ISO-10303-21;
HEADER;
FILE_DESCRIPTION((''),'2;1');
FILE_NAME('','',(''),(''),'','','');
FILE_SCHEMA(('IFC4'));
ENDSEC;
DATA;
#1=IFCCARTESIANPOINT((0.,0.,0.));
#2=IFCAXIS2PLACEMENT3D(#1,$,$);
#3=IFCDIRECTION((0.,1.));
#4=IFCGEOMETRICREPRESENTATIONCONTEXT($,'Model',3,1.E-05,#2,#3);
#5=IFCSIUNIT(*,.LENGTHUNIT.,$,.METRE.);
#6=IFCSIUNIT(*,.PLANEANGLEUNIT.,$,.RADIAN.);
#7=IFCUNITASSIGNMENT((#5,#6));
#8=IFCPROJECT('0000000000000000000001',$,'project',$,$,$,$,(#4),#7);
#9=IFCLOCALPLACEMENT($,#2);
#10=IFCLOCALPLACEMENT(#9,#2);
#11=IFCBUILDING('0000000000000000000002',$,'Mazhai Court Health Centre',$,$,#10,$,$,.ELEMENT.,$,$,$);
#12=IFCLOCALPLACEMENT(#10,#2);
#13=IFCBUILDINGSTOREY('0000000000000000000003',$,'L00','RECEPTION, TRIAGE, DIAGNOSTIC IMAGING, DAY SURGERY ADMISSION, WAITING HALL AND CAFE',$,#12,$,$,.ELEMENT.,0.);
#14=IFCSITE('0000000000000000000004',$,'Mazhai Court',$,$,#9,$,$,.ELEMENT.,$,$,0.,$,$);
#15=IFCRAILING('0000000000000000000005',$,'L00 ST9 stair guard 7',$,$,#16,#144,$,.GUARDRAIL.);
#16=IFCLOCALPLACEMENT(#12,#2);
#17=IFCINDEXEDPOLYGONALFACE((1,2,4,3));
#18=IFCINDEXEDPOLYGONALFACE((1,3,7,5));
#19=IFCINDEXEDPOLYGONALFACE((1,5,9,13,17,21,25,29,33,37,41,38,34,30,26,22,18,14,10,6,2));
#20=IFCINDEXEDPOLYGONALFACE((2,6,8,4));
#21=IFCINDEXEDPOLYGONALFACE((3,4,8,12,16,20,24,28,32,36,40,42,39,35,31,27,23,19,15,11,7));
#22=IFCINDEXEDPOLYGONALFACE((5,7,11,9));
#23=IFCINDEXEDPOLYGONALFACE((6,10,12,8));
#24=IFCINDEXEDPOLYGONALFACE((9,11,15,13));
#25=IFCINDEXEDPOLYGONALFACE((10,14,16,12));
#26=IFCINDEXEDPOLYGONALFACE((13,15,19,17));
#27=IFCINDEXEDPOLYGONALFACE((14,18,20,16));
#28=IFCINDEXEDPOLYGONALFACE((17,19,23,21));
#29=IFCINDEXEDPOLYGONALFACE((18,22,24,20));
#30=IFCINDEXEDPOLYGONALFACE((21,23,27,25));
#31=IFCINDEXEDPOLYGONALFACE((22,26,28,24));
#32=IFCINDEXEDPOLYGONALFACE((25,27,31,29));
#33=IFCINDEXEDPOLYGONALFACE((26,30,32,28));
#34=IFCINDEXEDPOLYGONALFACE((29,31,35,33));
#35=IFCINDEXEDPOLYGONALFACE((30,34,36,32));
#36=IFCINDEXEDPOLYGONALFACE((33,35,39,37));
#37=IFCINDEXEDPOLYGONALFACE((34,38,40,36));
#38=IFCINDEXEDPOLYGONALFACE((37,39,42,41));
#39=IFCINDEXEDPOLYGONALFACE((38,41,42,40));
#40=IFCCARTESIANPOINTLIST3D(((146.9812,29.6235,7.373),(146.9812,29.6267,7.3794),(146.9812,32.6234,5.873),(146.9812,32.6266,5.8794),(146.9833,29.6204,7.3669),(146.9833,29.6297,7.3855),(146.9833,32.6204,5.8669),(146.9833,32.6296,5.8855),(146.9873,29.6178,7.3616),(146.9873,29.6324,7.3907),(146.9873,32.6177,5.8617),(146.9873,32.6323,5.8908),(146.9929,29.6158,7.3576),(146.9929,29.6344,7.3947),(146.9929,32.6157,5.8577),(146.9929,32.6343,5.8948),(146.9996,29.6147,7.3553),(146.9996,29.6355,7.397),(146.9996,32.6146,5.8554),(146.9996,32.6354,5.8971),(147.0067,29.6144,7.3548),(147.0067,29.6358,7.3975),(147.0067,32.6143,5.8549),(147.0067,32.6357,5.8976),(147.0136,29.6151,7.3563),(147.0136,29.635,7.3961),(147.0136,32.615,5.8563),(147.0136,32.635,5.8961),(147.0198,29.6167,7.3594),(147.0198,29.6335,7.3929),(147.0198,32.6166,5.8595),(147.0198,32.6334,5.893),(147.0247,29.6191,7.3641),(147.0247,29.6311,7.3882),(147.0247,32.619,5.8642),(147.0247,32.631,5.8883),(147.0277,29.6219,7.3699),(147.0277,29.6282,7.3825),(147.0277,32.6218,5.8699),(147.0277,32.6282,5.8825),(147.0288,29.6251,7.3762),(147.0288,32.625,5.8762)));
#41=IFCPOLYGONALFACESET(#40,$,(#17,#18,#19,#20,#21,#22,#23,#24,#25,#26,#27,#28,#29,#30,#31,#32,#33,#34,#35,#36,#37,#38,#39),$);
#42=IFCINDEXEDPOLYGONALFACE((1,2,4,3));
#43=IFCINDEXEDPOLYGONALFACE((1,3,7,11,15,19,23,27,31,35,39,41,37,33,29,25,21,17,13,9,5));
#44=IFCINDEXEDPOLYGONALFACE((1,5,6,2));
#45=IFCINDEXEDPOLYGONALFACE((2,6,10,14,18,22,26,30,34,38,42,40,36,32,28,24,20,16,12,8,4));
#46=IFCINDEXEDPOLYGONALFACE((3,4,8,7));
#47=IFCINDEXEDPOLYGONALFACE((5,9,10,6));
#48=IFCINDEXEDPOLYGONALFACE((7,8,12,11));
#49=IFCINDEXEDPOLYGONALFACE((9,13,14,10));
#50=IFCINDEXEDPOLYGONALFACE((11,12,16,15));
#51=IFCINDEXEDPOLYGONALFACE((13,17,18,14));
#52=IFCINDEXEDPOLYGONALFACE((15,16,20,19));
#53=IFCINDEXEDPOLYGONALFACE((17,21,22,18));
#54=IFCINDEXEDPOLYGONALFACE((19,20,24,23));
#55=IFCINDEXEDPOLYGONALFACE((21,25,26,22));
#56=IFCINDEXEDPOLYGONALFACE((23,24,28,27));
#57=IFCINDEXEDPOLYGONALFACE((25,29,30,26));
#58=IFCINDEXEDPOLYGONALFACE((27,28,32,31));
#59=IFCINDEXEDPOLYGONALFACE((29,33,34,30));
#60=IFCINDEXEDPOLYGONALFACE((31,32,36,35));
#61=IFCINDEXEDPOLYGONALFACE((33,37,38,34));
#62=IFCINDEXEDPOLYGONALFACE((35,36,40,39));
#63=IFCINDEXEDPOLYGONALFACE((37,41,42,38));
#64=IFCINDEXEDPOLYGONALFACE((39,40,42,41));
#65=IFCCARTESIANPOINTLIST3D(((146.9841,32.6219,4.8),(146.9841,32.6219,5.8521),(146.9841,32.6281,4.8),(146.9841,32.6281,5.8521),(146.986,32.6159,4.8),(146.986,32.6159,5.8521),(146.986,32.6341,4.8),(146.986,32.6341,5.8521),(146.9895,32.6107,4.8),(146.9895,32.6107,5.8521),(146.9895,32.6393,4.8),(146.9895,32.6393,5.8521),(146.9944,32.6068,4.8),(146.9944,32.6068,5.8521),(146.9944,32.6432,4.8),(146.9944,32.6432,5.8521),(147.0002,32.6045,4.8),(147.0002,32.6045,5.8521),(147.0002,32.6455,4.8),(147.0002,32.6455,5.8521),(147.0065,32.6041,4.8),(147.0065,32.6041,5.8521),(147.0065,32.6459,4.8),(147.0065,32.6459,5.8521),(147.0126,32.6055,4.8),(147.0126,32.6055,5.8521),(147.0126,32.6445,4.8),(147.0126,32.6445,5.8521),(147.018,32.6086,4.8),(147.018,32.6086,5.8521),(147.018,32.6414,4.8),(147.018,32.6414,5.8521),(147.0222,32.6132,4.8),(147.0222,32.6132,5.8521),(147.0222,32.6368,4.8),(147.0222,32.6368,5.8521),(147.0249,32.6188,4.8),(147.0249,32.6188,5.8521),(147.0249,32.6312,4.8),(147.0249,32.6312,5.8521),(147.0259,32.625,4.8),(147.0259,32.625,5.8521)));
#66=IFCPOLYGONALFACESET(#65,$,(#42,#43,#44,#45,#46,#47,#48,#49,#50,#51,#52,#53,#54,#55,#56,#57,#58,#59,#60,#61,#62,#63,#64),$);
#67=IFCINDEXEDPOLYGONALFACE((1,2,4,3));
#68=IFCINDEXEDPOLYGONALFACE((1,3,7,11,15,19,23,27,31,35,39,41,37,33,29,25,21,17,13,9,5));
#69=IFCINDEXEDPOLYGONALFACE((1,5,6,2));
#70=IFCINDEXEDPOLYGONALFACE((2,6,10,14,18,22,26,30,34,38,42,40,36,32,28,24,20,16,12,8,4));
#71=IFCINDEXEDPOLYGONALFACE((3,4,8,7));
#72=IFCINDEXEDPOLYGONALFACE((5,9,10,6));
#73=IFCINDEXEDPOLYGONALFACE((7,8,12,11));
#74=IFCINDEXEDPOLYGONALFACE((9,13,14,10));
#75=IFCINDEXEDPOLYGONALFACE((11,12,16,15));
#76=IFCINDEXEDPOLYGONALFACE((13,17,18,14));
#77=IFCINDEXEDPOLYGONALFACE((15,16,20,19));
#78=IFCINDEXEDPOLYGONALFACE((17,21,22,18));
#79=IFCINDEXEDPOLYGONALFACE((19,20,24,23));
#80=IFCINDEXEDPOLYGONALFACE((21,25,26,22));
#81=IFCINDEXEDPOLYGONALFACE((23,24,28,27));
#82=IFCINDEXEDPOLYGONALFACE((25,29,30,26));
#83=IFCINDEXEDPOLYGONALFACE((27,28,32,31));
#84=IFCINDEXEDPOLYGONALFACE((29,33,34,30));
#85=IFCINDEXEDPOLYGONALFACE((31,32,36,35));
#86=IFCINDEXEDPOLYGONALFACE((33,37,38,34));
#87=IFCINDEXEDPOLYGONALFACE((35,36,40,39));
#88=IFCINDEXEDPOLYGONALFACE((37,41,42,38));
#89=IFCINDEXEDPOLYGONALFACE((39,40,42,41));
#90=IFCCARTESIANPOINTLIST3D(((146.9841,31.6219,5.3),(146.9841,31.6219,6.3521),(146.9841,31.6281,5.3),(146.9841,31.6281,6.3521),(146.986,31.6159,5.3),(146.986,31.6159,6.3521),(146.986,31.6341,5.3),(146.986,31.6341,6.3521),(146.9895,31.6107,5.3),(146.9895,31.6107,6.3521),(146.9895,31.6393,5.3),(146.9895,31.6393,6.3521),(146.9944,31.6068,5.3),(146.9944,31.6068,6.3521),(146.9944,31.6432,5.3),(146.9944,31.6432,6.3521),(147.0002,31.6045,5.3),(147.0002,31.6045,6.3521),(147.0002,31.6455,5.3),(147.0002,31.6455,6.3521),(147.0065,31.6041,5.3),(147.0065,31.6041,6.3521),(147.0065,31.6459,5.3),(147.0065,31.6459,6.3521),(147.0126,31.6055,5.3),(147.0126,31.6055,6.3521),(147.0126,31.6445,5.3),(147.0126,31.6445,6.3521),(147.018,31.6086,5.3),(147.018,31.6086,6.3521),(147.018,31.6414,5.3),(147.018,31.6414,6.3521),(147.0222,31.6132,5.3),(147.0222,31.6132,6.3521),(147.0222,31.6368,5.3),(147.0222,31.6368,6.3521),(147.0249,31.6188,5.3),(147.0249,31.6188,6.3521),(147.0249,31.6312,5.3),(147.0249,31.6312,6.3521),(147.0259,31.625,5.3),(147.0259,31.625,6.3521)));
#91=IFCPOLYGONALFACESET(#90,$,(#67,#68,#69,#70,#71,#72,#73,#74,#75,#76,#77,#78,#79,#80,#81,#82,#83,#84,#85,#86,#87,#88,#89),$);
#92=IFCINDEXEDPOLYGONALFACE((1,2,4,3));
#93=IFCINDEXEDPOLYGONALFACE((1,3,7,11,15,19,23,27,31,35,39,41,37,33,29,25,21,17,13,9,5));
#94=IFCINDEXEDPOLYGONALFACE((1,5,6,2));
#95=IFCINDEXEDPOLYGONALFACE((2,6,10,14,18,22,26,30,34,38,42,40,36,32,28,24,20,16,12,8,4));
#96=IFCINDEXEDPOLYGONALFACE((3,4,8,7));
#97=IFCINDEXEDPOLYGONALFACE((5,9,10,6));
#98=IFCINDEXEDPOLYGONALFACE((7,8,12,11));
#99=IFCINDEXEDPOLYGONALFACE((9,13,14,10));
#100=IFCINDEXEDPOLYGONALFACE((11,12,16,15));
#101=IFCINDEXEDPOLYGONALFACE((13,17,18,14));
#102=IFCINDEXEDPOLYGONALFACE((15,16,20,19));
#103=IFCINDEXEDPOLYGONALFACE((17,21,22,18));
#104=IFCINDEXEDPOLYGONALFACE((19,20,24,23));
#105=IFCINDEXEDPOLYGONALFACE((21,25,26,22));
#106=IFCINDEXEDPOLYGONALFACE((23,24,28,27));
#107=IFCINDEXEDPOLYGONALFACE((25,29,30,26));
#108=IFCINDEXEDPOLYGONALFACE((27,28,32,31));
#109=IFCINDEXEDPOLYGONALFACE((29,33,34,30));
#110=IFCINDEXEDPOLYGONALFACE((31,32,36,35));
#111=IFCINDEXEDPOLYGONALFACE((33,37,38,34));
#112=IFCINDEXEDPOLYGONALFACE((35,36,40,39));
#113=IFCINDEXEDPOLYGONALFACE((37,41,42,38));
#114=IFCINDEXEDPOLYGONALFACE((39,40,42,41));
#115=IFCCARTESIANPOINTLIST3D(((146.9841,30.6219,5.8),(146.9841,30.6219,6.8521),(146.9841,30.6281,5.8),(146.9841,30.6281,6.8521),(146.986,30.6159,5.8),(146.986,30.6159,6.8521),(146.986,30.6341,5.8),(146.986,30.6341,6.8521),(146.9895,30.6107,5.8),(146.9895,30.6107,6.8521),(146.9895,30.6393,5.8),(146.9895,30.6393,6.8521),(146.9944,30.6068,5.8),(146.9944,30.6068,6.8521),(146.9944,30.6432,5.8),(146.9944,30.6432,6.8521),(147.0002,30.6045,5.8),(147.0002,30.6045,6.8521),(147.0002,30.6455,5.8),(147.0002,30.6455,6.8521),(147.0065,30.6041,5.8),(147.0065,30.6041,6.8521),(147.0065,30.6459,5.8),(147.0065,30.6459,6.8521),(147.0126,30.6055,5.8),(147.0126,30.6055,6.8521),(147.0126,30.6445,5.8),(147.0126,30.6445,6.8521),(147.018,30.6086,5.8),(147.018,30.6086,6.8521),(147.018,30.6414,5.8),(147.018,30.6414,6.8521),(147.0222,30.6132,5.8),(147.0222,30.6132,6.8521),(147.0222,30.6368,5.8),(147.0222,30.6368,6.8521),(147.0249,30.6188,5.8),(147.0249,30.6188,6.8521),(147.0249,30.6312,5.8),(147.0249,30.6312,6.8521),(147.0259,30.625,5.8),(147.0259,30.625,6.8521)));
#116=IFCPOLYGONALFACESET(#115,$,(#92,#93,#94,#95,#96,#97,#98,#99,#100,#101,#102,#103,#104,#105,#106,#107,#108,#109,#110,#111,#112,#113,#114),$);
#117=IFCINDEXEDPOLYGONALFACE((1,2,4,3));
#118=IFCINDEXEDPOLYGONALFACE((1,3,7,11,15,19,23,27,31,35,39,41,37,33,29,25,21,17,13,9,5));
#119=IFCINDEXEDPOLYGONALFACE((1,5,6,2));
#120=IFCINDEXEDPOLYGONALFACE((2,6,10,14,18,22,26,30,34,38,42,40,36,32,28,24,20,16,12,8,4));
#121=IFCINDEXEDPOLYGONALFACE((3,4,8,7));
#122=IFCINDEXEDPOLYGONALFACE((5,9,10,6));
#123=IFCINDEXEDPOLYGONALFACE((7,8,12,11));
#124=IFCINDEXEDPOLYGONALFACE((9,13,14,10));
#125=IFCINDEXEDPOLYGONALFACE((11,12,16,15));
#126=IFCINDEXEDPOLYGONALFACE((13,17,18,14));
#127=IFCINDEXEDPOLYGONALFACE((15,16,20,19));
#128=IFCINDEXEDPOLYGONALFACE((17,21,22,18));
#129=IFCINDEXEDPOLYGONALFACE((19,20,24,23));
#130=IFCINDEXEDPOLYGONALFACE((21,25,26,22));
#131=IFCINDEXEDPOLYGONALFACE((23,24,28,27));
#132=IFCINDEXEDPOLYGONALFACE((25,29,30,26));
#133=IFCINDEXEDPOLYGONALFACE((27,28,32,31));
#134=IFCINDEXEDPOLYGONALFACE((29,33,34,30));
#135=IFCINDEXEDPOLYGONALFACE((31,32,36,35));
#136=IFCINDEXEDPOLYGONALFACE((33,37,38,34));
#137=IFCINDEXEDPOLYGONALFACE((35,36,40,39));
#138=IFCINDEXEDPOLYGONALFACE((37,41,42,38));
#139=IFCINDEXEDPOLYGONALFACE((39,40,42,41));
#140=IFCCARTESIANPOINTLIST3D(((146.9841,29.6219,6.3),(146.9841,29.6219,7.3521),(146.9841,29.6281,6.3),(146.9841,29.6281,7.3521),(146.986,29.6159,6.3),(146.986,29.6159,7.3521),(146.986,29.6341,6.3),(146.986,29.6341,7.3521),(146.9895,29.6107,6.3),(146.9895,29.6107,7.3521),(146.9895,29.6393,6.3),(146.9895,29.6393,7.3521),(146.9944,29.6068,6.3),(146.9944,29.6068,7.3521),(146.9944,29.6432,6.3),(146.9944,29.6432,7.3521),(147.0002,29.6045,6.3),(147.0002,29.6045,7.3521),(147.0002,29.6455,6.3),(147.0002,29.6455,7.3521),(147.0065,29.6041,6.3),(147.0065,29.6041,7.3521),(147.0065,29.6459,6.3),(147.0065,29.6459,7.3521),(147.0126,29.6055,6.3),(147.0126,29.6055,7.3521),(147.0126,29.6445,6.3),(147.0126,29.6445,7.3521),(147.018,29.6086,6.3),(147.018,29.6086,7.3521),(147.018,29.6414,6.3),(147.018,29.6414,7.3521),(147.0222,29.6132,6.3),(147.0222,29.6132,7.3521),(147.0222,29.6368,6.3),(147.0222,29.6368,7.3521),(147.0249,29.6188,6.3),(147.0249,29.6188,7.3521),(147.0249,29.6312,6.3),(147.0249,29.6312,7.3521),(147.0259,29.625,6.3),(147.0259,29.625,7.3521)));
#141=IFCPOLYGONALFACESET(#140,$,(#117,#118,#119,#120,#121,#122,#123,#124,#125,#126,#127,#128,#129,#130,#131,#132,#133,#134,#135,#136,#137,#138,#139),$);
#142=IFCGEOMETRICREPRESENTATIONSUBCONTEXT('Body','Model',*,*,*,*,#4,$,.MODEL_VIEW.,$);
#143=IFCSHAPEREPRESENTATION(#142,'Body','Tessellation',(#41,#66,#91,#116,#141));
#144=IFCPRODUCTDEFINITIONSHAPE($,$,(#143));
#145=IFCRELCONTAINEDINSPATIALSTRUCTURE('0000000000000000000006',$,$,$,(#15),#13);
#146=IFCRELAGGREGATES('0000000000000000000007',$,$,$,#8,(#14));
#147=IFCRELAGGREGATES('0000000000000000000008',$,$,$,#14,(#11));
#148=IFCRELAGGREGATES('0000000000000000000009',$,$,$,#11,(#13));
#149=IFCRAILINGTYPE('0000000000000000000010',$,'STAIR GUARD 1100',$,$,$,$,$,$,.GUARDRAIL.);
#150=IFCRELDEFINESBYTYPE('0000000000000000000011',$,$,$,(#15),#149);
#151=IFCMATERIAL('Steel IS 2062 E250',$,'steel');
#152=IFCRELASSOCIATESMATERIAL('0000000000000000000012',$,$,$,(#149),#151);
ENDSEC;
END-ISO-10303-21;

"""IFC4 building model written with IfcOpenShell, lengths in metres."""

from ifc_helpers import new_model, si_unit, direction, frame, origin, origin_2d, place, context, subcontext, project, spatial, circle, extrude, material, type_object, element, save


model = new_model("IFC4")

# Units and contexts
model_context = context("Model", 3, precision=1e-05, world=origin(), true_north=direction((0.0, 1.0)))
body_context = subcontext(model_context, "Body", "Model", "MODEL_VIEW")
ifc_project = project(units=[si_unit("LENGTHUNIT", "METRE"), si_unit("PLANEANGLEUNIT", "RADIAN")], contexts=[model_context])

# Site, building, storey
site_placement = place(None, origin())
site = spatial("IfcSite", under=ifc_project, at=site_placement, Name="Mazhai Court", CompositionType="ELEMENT", RefElevation=0.0)
building_placement = place(site_placement, origin())
building = spatial("IfcBuilding", under=site, at=building_placement, Name="Mazhai Court Health Centre", CompositionType="ELEMENT")
storey_placement = place(building_placement, origin())
storey = spatial("IfcBuildingStorey", under=building, at=storey_placement, Name="L00", Description="RECEPTION, TRIAGE, DIAGNOSTIC IMAGING, DAY SURGERY ADMISSION, WAITING HALL AND CAFE", CompositionType="ELEMENT", Elevation=0.0)

# Railing
ifc_material_1 = material(Name="Steel IS 2062 E250", Category="steel")
railing_type_1 = type_object("IfcRailingType", Name="STAIR GUARD 1100", PredefinedType="GUARDRAIL", material=ifc_material_1)
railing_1_placement = place(storey_placement, frame((147.0049, 32.625, 4.8)))
element("IfcRailing", 1, at=railing_1_placement, inside=storey, type_object=railing_type_1, Name="L00 ST9 stair guard 7", PredefinedType="GUARDRAIL", context=body_context, shape_type="SweptSolid", body=[
    extrude(circle(Radius=0.0239, at=origin_2d()), frame((0.0, 0.0, 1.0762), z_axis=(0.0, -0.894427, 0.447214), x_axis=(1.0, 0.0, 0.0)), (0.0, 0.0, 1.0), 3.354),
    extrude(circle(Radius=0.021, at=origin_2d()), origin(), (0.0, 0.0, 1.0), 1.052),
    extrude(circle(Radius=0.021, at=origin_2d()), frame((0.0, -1.0, 0.5)), (0.0, 0.0, 1.0), 1.052),
    extrude(circle(Radius=0.021, at=origin_2d()), frame((0.0, -2.0, 1.0)), (0.0, 0.0, 1.0), 1.052),
    extrude(circle(Radius=0.021, at=origin_2d()), frame((0.0, -3.0, 1.5)), (0.0, 0.0, 1.0), 1.052),
])

save(model, "model.ifc")
